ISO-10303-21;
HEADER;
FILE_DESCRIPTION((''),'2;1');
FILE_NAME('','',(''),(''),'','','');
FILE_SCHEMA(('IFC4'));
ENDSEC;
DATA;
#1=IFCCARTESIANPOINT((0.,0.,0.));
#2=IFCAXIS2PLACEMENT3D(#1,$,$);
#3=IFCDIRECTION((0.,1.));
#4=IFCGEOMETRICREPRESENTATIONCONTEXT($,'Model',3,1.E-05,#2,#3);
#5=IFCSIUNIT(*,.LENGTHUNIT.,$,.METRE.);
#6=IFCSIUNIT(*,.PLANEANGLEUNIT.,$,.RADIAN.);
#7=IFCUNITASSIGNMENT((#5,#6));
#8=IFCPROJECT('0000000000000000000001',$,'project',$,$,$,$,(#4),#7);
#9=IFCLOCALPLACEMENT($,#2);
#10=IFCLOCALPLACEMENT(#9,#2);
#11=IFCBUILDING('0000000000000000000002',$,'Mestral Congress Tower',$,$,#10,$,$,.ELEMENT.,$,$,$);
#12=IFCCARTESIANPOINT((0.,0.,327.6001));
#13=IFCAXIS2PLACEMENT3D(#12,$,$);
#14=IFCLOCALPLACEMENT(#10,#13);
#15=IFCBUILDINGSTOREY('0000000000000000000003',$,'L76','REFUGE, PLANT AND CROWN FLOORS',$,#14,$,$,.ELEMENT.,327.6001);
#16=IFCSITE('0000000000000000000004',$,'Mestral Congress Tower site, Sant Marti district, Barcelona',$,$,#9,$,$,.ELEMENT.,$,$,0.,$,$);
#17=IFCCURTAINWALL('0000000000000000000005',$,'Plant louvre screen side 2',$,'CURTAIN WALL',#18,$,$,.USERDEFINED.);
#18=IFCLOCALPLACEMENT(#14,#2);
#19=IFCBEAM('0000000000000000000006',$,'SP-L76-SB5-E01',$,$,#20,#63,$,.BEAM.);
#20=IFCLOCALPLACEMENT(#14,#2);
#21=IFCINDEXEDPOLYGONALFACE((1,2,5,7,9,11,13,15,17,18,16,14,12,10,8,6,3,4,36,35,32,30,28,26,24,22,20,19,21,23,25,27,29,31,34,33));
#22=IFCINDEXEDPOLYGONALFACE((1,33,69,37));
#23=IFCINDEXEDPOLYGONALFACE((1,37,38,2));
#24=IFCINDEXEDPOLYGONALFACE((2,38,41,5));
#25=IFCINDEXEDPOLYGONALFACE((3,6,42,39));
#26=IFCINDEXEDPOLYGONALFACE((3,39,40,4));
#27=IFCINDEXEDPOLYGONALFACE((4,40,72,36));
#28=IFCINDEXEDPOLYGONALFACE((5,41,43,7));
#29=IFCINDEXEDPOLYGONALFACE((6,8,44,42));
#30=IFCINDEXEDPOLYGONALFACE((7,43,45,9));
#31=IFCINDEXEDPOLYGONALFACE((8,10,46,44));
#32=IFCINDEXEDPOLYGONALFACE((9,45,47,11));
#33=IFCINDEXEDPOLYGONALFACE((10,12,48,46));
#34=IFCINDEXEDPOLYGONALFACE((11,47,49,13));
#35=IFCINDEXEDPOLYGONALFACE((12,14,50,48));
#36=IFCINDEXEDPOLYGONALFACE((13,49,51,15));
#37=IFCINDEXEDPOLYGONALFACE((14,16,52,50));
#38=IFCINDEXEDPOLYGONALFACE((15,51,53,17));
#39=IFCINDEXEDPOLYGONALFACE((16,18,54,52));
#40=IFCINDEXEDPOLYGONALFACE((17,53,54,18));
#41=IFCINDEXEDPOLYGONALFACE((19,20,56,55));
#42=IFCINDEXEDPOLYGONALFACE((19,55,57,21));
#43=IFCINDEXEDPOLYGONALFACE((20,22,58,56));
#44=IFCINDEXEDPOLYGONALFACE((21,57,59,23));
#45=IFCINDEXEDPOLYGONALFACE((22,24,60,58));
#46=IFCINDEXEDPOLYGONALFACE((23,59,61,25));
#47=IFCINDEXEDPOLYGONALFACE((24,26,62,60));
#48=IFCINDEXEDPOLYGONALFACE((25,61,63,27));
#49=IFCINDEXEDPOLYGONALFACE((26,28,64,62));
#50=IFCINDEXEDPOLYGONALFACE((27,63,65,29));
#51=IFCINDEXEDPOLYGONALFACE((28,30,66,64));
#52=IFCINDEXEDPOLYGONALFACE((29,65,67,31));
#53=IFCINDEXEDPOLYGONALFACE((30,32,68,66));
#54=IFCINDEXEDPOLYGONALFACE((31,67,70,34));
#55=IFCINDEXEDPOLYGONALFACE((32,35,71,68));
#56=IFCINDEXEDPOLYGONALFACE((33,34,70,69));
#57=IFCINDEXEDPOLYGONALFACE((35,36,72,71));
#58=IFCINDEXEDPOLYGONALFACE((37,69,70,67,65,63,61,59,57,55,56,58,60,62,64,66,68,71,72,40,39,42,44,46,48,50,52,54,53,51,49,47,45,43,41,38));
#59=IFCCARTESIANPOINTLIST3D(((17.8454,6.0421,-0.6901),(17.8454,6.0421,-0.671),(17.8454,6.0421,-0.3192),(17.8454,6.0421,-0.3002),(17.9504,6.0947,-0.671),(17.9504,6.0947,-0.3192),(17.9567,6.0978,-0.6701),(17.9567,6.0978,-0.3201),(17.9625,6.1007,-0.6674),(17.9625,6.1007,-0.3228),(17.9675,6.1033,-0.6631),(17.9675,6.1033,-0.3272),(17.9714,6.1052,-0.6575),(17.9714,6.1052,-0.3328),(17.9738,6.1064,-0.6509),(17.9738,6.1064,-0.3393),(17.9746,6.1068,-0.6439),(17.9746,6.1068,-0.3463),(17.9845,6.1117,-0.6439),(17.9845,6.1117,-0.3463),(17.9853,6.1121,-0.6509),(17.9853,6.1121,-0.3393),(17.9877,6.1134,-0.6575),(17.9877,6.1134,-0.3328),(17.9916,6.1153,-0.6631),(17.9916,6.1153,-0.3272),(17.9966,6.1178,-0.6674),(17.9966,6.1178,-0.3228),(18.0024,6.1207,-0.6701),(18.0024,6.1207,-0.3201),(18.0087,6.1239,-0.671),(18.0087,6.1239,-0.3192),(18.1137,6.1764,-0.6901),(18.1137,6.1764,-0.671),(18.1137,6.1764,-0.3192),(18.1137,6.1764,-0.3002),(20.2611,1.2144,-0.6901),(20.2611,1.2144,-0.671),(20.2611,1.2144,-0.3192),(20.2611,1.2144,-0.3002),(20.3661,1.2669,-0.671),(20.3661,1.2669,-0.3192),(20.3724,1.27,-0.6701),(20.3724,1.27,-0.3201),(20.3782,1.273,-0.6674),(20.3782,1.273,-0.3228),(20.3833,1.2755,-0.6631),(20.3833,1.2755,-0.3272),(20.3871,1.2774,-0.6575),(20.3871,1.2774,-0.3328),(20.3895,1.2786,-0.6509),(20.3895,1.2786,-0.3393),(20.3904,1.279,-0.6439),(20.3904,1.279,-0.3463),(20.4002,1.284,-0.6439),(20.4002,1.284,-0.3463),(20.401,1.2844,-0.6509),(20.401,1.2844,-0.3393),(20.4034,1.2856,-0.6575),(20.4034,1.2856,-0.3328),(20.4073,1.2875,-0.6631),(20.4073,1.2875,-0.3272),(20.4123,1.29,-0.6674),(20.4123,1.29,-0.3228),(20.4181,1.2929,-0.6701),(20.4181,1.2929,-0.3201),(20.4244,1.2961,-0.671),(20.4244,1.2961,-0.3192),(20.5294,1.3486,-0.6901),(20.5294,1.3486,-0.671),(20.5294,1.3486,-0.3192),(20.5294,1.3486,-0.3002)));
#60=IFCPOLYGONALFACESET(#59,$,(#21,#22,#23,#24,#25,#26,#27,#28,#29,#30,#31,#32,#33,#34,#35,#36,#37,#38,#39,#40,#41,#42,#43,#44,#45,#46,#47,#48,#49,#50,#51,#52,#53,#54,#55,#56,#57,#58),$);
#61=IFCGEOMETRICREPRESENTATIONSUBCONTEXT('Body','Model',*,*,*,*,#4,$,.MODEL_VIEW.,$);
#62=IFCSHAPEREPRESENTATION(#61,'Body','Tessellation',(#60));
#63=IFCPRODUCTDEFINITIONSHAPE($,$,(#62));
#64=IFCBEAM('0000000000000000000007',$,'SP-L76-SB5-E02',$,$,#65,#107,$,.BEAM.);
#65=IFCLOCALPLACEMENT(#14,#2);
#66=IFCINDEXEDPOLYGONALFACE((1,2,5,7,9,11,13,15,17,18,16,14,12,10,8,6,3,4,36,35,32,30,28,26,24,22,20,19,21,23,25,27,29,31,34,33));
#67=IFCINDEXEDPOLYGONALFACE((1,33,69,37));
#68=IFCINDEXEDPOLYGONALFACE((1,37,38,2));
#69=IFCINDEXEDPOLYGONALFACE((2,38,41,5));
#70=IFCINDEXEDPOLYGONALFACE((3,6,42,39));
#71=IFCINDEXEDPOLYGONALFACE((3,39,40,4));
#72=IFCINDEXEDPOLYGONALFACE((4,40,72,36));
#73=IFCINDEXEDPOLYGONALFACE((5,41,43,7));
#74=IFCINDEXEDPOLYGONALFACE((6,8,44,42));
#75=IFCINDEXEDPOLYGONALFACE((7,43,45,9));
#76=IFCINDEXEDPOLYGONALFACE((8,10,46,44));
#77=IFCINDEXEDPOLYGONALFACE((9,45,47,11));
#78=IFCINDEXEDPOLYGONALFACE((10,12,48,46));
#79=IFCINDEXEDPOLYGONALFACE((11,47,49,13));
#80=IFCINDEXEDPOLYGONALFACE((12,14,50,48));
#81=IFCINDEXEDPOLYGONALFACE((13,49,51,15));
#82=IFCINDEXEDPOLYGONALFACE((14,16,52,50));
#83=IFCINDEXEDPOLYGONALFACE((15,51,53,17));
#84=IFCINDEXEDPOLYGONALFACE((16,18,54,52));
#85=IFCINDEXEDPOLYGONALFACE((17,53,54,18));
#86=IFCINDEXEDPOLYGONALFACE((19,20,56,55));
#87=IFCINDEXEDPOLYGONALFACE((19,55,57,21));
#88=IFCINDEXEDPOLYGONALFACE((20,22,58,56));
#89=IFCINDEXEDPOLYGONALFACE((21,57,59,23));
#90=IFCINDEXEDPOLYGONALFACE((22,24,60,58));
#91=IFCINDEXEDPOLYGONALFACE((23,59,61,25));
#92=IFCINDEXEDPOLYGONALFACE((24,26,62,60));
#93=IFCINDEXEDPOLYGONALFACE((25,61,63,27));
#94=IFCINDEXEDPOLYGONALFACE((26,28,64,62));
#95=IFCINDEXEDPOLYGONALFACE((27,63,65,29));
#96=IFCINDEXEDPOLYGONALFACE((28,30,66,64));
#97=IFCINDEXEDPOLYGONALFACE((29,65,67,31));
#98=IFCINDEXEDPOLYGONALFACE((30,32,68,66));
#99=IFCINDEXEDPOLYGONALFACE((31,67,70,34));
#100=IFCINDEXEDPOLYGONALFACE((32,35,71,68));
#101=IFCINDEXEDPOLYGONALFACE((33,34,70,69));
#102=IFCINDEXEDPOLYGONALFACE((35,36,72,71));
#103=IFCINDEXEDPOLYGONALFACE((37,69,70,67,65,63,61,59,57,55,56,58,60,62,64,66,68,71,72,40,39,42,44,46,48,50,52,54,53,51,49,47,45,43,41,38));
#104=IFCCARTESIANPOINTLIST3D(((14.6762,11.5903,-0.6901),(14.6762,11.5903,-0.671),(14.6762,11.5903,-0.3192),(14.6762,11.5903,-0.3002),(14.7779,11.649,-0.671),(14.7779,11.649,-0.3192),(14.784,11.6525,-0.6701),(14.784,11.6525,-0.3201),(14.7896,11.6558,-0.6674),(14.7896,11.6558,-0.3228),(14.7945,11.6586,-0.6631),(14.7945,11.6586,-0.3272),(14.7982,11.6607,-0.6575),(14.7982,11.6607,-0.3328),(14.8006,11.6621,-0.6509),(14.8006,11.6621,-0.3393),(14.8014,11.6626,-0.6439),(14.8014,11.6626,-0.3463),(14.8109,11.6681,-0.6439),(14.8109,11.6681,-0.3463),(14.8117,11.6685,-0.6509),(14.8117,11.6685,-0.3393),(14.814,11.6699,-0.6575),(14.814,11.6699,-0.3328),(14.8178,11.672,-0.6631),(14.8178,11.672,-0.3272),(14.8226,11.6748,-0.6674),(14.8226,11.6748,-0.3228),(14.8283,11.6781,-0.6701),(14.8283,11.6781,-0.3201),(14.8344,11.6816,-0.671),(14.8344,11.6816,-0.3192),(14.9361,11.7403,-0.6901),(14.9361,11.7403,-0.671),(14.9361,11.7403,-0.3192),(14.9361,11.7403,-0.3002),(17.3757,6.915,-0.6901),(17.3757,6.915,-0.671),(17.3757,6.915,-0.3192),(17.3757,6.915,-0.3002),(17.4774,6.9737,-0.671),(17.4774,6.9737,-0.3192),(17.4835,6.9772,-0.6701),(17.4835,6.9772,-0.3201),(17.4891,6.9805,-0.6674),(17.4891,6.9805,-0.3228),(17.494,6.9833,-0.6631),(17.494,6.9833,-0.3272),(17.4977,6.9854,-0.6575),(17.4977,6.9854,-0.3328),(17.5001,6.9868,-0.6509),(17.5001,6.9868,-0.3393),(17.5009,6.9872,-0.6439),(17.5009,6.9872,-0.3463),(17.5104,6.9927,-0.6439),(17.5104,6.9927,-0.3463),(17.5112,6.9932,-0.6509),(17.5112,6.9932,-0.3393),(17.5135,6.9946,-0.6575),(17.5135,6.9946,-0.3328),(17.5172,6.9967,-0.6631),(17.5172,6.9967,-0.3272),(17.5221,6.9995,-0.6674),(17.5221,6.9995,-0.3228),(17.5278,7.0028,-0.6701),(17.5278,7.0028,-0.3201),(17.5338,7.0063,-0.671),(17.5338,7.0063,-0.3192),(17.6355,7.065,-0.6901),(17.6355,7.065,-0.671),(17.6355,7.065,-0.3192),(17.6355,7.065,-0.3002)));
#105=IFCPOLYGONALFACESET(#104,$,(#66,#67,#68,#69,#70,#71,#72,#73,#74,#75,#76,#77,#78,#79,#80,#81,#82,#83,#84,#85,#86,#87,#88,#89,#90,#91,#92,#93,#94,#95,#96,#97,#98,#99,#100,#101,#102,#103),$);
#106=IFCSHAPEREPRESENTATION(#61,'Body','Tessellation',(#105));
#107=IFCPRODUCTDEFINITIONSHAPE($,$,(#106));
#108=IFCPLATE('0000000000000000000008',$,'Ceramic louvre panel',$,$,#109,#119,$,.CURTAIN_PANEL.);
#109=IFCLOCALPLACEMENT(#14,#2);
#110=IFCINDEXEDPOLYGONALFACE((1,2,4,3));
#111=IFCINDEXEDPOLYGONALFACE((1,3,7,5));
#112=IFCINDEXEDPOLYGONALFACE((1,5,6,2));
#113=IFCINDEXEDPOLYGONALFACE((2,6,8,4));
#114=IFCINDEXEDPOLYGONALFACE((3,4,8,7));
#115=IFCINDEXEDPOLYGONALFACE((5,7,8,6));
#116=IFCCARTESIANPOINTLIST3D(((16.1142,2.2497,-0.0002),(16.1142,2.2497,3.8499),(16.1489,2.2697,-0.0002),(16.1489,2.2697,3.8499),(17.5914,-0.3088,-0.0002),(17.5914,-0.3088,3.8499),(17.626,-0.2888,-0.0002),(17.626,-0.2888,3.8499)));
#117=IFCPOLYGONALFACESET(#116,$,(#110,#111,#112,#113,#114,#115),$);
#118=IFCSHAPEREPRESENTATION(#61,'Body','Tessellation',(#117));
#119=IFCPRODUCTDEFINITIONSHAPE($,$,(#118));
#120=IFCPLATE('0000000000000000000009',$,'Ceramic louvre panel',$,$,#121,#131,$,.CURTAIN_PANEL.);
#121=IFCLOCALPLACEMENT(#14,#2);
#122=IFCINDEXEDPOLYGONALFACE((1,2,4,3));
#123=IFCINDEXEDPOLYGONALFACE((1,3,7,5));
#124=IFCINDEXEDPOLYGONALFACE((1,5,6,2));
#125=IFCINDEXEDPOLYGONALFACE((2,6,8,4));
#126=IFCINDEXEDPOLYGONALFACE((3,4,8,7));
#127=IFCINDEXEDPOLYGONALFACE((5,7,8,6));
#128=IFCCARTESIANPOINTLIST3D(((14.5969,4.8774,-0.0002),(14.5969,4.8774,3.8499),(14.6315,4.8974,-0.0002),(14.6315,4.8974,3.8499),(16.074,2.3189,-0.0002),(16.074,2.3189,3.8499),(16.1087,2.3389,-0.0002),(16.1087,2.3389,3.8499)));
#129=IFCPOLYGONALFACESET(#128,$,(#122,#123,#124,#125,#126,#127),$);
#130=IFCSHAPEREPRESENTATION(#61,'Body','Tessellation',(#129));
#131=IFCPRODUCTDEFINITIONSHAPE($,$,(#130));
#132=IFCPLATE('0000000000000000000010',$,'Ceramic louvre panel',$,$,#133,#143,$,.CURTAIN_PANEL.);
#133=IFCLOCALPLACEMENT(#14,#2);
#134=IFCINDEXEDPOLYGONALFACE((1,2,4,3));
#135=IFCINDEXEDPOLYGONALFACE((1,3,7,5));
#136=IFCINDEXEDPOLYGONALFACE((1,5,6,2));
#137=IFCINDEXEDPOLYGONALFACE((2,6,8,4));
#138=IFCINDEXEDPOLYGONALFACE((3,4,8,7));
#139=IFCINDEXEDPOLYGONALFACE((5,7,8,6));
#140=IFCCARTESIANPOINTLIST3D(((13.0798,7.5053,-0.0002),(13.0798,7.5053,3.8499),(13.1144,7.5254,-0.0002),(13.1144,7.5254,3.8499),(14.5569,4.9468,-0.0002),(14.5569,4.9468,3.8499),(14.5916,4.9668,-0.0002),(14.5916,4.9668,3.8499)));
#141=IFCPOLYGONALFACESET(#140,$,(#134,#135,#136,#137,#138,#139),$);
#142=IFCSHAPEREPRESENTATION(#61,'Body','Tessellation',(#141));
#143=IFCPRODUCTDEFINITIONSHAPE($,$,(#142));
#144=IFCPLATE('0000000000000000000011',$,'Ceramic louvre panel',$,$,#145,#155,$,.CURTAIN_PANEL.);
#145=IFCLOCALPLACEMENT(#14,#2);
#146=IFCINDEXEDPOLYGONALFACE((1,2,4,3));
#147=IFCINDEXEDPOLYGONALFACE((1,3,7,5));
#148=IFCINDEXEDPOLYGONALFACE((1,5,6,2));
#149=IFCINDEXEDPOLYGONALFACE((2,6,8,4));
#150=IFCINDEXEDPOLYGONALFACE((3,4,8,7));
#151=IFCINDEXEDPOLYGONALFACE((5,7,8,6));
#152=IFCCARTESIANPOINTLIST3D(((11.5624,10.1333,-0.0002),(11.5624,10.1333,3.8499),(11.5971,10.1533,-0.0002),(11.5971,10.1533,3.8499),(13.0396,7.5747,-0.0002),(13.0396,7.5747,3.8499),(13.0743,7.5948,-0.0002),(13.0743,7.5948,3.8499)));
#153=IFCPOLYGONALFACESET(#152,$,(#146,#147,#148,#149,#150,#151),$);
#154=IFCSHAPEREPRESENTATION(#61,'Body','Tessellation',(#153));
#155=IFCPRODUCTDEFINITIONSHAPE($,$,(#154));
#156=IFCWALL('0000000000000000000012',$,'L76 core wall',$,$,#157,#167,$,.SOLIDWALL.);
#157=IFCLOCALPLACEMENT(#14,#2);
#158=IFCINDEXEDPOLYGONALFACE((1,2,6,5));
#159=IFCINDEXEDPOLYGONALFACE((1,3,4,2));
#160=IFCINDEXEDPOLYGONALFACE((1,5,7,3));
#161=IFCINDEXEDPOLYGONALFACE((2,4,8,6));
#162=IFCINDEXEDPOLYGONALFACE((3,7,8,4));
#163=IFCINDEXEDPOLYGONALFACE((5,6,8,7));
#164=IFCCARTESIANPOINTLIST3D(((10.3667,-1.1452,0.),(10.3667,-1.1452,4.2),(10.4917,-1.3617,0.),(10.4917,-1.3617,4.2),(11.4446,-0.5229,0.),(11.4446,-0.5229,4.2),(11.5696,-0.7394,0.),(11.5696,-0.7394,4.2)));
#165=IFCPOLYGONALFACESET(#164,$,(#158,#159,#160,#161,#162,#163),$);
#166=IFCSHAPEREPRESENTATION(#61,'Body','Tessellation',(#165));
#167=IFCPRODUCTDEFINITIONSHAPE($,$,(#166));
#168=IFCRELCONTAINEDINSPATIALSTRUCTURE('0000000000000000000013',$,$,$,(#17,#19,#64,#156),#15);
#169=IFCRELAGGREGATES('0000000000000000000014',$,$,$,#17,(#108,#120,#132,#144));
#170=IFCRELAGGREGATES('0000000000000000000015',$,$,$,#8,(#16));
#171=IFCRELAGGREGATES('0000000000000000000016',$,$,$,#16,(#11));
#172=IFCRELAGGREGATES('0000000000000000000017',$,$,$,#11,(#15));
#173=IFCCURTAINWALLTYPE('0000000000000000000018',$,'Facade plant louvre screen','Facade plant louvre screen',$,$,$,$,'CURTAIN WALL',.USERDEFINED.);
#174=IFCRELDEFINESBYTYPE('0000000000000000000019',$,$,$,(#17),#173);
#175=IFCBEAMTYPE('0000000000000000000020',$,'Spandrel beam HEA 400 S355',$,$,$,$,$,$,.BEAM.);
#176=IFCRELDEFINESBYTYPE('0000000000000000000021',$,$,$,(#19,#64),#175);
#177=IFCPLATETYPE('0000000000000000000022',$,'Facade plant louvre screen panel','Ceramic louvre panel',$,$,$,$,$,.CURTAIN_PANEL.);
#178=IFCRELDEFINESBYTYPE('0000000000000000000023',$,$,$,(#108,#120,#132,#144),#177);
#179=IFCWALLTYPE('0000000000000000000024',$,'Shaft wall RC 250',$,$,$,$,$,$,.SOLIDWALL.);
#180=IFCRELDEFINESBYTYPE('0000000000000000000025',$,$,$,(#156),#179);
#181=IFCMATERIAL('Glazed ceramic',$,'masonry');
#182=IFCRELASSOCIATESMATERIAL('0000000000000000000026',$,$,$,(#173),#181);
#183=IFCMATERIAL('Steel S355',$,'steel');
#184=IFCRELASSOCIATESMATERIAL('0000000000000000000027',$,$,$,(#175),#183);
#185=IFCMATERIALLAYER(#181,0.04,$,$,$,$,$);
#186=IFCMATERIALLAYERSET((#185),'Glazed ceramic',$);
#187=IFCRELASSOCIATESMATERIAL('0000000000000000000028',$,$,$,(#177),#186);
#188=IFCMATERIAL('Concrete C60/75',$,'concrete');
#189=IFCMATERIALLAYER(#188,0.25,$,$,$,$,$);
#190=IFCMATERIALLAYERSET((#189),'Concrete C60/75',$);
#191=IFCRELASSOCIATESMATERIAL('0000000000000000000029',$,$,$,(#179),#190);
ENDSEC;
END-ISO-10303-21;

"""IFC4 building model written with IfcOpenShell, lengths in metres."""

from ifc_helpers import new_model, si_unit, direction, frame, frame_2d, origin, origin_2d, place, context, subcontext, project, spatial, rectangle, i_section, extrude, material, layer, layer_set, material_profile, profile_set, type_object, element, aggregate, save


model = new_model("IFC4")

# Units and contexts
model_context = context("Model", 3, precision=1e-05, world=origin(), true_north=direction((0.0, 1.0)))
body_context = subcontext(model_context, "Body", "Model", "MODEL_VIEW")
ifc_project = project(units=[si_unit("LENGTHUNIT", "METRE"), si_unit("PLANEANGLEUNIT", "RADIAN")], contexts=[model_context])

# Site, building, storey
site_placement = place(None, origin())
site = spatial("IfcSite", under=ifc_project, at=site_placement, Name="Mestral Congress Tower site, Sant Marti district, Barcelona", CompositionType="ELEMENT", RefElevation=0.0)
building_placement = place(site_placement, origin())
building = spatial("IfcBuilding", under=site, at=building_placement, Name="Mestral Congress Tower", CompositionType="ELEMENT")
storey_placement = place(building_placement, frame((0.0, 0.0, 327.6001)))
storey = spatial("IfcBuildingStorey", under=building, at=storey_placement, Name="L76", Description="REFUGE, PLANT AND CROWN FLOORS", CompositionType="ELEMENT", Elevation=327.6001)

# Shared definitions
ifc_material_1 = material(Name="Steel S355", Category="steel")

# Curtain wall
ifc_material_2 = material(Name="Glazed ceramic", Category="masonry")
curtain_wall_type = type_object("IfcCurtainWallType", Name="Facade plant louvre screen", Description="Facade plant louvre screen", ElementType="CURTAIN WALL", PredefinedType="USERDEFINED", material=ifc_material_2)
curtain_wall_placement = place(storey_placement, origin())
curtain_wall = element("IfcCurtainWall", 1, at=curtain_wall_placement, inside=storey, type_object=curtain_wall_type, Name="Plant louvre screen side 2", ObjectType="CURTAIN WALL", PredefinedType="USERDEFINED")

# Beams
ifc_material_profile_1 = material_profile(ifc_material_1, i_section(OverallWidth=0.3, OverallDepth=0.3899, WebThickness=0.011, FlangeThickness=0.019, FilletRadius=0.0271, at=origin_2d()), Name="HEA 400")
ifc_profile_set_1 = profile_set([ifc_material_profile_1], Name="Steel S355")
beam_type_1 = type_object("IfcBeamType", Name="Spandrel beam HEA 400 S355", PredefinedType="BEAM", material=ifc_profile_set_1)
beam_1_placement = place(storey_placement, frame((20.3953, 1.2815, -0.4951), z_axis=(-0.447485, 0.894291, 0.0), x_axis=(-0.894291, -0.447485, 0.0)))
element("IfcBeam", 2, at=beam_1_placement, inside=storey, type_object=beam_type_1, Name="SP-L76-SB5-E01", PredefinedType="BEAM", context=body_context, shape_type="SweptSolid", body=[
    extrude(i_section(OverallWidth=0.3, OverallDepth=0.3899, WebThickness=0.011, FlangeThickness=0.019, FilletRadius=0.0271, at=origin_2d()), origin(), (0.0, 0.0, 1.0), 5.3984),
])
beam_2_placement = place(storey_placement, frame((17.5056, 6.99, -0.4951), z_axis=(-0.500025, 0.866011, 0.0), x_axis=(-0.866011, -0.500025, 0.0)))
element("IfcBeam", 3, at=beam_2_placement, inside=storey, type_object=beam_type_1, Name="SP-L76-SB5-E02", PredefinedType="BEAM", context=body_context, shape_type="SweptSolid", body=[
    extrude(i_section(OverallWidth=0.3, OverallDepth=0.3899, WebThickness=0.011, FlangeThickness=0.019, FilletRadius=0.0271, at=origin_2d()), origin(), (0.0, 0.0, 1.0), 5.3987),
])

# Plates
ifc_layer_1 = layer(ifc_material_2, 0.04)
ifc_layer_set_1 = layer_set([ifc_layer_1], Name="Glazed ceramic")
plate_type = type_object("IfcPlateType", Name="Facade plant louvre screen panel", Description="Ceramic louvre panel", PredefinedType="CURTAIN_PANEL", material=ifc_layer_set_1)
plate_1_placement = place(storey_placement, frame((16.8701, 0.9805, -0.0002), z_axis=(0.0, 0.0, 1.0), x_axis=(-0.500002, 0.866025, 0.0)))
plate_1 = element("IfcPlate", 4, at=plate_1_placement, type_object=plate_type, Name="Ceramic louvre panel", PredefinedType="CURTAIN_PANEL", context=body_context, shape_type="SweptSolid", body=[
    extrude(rectangle(XDim=2.9543, YDim=0.04, at=origin_2d()), origin(), (0.0, 0.0, 1.0), 3.8501),
])
plate_2_placement = place(storey_placement, frame((15.3528, 3.6082, -0.0002), z_axis=(0.0, 0.0, 1.0), x_axis=(-0.500002, 0.866025, 0.0)))
plate_2 = element("IfcPlate", 5, at=plate_2_placement, type_object=plate_type, Name="Ceramic louvre panel", PredefinedType="CURTAIN_PANEL", context=body_context, shape_type="SweptSolid", body=[
    extrude(rectangle(XDim=2.9543, YDim=0.04, at=origin_2d()), origin(), (0.0, 0.0, 1.0), 3.8501),
])
plate_3_placement = place(storey_placement, frame((13.8357, 6.2361, -0.0002), z_axis=(0.0, 0.0, 1.0), x_axis=(-0.500002, 0.866025, 0.0)))
plate_3 = element("IfcPlate", 6, at=plate_3_placement, type_object=plate_type, Name="Ceramic louvre panel", PredefinedType="CURTAIN_PANEL", context=body_context, shape_type="SweptSolid", body=[
    extrude(rectangle(XDim=2.9543, YDim=0.04, at=origin_2d()), origin(), (0.0, 0.0, 1.0), 3.8501),
])
plate_4_placement = place(storey_placement, frame((12.3184, 8.864, -0.0002), z_axis=(0.0, 0.0, 1.0), x_axis=(-0.500002, 0.866025, 0.0)))
plate_4 = element("IfcPlate", 7, at=plate_4_placement, type_object=plate_type, Name="Ceramic louvre panel", PredefinedType="CURTAIN_PANEL", context=body_context, shape_type="SweptSolid", body=[
    extrude(rectangle(XDim=2.9543, YDim=0.04, at=origin_2d()), origin(), (0.0, 0.0, 1.0), 3.8501),
])
aggregate(curtain_wall, [plate_1, plate_2, plate_3, plate_4])

# Wall
ifc_material_3 = material(Name="Concrete C60/75", Category="concrete")
ifc_layer_2 = layer(ifc_material_3, 0.25)
ifc_layer_set_2 = layer_set([ifc_layer_2], Name="Concrete C60/75")
wall_type_1 = type_object("IfcWallType", Name="Shaft wall RC 250", PredefinedType="SOLIDWALL", material=ifc_layer_set_2)
wall_1_placement = place(storey_placement, frame((11.5071, -0.6311, 0.0), z_axis=(0.0, 0.0, 1.0), x_axis=(-0.866026, -0.5, 0.0)))
element("IfcWall", 8, at=wall_1_placement, inside=storey, type_object=wall_type_1, Name="L76 core wall", PredefinedType="SOLIDWALL", context=body_context, shape_type="SweptSolid", body=[
    extrude(rectangle(XDim=1.2446, YDim=0.25, at=frame_2d((0.6223, 0.0))), origin(), (0.0, 0.0, 1.0), 4.2),
])

save(model, "model.ifc")
